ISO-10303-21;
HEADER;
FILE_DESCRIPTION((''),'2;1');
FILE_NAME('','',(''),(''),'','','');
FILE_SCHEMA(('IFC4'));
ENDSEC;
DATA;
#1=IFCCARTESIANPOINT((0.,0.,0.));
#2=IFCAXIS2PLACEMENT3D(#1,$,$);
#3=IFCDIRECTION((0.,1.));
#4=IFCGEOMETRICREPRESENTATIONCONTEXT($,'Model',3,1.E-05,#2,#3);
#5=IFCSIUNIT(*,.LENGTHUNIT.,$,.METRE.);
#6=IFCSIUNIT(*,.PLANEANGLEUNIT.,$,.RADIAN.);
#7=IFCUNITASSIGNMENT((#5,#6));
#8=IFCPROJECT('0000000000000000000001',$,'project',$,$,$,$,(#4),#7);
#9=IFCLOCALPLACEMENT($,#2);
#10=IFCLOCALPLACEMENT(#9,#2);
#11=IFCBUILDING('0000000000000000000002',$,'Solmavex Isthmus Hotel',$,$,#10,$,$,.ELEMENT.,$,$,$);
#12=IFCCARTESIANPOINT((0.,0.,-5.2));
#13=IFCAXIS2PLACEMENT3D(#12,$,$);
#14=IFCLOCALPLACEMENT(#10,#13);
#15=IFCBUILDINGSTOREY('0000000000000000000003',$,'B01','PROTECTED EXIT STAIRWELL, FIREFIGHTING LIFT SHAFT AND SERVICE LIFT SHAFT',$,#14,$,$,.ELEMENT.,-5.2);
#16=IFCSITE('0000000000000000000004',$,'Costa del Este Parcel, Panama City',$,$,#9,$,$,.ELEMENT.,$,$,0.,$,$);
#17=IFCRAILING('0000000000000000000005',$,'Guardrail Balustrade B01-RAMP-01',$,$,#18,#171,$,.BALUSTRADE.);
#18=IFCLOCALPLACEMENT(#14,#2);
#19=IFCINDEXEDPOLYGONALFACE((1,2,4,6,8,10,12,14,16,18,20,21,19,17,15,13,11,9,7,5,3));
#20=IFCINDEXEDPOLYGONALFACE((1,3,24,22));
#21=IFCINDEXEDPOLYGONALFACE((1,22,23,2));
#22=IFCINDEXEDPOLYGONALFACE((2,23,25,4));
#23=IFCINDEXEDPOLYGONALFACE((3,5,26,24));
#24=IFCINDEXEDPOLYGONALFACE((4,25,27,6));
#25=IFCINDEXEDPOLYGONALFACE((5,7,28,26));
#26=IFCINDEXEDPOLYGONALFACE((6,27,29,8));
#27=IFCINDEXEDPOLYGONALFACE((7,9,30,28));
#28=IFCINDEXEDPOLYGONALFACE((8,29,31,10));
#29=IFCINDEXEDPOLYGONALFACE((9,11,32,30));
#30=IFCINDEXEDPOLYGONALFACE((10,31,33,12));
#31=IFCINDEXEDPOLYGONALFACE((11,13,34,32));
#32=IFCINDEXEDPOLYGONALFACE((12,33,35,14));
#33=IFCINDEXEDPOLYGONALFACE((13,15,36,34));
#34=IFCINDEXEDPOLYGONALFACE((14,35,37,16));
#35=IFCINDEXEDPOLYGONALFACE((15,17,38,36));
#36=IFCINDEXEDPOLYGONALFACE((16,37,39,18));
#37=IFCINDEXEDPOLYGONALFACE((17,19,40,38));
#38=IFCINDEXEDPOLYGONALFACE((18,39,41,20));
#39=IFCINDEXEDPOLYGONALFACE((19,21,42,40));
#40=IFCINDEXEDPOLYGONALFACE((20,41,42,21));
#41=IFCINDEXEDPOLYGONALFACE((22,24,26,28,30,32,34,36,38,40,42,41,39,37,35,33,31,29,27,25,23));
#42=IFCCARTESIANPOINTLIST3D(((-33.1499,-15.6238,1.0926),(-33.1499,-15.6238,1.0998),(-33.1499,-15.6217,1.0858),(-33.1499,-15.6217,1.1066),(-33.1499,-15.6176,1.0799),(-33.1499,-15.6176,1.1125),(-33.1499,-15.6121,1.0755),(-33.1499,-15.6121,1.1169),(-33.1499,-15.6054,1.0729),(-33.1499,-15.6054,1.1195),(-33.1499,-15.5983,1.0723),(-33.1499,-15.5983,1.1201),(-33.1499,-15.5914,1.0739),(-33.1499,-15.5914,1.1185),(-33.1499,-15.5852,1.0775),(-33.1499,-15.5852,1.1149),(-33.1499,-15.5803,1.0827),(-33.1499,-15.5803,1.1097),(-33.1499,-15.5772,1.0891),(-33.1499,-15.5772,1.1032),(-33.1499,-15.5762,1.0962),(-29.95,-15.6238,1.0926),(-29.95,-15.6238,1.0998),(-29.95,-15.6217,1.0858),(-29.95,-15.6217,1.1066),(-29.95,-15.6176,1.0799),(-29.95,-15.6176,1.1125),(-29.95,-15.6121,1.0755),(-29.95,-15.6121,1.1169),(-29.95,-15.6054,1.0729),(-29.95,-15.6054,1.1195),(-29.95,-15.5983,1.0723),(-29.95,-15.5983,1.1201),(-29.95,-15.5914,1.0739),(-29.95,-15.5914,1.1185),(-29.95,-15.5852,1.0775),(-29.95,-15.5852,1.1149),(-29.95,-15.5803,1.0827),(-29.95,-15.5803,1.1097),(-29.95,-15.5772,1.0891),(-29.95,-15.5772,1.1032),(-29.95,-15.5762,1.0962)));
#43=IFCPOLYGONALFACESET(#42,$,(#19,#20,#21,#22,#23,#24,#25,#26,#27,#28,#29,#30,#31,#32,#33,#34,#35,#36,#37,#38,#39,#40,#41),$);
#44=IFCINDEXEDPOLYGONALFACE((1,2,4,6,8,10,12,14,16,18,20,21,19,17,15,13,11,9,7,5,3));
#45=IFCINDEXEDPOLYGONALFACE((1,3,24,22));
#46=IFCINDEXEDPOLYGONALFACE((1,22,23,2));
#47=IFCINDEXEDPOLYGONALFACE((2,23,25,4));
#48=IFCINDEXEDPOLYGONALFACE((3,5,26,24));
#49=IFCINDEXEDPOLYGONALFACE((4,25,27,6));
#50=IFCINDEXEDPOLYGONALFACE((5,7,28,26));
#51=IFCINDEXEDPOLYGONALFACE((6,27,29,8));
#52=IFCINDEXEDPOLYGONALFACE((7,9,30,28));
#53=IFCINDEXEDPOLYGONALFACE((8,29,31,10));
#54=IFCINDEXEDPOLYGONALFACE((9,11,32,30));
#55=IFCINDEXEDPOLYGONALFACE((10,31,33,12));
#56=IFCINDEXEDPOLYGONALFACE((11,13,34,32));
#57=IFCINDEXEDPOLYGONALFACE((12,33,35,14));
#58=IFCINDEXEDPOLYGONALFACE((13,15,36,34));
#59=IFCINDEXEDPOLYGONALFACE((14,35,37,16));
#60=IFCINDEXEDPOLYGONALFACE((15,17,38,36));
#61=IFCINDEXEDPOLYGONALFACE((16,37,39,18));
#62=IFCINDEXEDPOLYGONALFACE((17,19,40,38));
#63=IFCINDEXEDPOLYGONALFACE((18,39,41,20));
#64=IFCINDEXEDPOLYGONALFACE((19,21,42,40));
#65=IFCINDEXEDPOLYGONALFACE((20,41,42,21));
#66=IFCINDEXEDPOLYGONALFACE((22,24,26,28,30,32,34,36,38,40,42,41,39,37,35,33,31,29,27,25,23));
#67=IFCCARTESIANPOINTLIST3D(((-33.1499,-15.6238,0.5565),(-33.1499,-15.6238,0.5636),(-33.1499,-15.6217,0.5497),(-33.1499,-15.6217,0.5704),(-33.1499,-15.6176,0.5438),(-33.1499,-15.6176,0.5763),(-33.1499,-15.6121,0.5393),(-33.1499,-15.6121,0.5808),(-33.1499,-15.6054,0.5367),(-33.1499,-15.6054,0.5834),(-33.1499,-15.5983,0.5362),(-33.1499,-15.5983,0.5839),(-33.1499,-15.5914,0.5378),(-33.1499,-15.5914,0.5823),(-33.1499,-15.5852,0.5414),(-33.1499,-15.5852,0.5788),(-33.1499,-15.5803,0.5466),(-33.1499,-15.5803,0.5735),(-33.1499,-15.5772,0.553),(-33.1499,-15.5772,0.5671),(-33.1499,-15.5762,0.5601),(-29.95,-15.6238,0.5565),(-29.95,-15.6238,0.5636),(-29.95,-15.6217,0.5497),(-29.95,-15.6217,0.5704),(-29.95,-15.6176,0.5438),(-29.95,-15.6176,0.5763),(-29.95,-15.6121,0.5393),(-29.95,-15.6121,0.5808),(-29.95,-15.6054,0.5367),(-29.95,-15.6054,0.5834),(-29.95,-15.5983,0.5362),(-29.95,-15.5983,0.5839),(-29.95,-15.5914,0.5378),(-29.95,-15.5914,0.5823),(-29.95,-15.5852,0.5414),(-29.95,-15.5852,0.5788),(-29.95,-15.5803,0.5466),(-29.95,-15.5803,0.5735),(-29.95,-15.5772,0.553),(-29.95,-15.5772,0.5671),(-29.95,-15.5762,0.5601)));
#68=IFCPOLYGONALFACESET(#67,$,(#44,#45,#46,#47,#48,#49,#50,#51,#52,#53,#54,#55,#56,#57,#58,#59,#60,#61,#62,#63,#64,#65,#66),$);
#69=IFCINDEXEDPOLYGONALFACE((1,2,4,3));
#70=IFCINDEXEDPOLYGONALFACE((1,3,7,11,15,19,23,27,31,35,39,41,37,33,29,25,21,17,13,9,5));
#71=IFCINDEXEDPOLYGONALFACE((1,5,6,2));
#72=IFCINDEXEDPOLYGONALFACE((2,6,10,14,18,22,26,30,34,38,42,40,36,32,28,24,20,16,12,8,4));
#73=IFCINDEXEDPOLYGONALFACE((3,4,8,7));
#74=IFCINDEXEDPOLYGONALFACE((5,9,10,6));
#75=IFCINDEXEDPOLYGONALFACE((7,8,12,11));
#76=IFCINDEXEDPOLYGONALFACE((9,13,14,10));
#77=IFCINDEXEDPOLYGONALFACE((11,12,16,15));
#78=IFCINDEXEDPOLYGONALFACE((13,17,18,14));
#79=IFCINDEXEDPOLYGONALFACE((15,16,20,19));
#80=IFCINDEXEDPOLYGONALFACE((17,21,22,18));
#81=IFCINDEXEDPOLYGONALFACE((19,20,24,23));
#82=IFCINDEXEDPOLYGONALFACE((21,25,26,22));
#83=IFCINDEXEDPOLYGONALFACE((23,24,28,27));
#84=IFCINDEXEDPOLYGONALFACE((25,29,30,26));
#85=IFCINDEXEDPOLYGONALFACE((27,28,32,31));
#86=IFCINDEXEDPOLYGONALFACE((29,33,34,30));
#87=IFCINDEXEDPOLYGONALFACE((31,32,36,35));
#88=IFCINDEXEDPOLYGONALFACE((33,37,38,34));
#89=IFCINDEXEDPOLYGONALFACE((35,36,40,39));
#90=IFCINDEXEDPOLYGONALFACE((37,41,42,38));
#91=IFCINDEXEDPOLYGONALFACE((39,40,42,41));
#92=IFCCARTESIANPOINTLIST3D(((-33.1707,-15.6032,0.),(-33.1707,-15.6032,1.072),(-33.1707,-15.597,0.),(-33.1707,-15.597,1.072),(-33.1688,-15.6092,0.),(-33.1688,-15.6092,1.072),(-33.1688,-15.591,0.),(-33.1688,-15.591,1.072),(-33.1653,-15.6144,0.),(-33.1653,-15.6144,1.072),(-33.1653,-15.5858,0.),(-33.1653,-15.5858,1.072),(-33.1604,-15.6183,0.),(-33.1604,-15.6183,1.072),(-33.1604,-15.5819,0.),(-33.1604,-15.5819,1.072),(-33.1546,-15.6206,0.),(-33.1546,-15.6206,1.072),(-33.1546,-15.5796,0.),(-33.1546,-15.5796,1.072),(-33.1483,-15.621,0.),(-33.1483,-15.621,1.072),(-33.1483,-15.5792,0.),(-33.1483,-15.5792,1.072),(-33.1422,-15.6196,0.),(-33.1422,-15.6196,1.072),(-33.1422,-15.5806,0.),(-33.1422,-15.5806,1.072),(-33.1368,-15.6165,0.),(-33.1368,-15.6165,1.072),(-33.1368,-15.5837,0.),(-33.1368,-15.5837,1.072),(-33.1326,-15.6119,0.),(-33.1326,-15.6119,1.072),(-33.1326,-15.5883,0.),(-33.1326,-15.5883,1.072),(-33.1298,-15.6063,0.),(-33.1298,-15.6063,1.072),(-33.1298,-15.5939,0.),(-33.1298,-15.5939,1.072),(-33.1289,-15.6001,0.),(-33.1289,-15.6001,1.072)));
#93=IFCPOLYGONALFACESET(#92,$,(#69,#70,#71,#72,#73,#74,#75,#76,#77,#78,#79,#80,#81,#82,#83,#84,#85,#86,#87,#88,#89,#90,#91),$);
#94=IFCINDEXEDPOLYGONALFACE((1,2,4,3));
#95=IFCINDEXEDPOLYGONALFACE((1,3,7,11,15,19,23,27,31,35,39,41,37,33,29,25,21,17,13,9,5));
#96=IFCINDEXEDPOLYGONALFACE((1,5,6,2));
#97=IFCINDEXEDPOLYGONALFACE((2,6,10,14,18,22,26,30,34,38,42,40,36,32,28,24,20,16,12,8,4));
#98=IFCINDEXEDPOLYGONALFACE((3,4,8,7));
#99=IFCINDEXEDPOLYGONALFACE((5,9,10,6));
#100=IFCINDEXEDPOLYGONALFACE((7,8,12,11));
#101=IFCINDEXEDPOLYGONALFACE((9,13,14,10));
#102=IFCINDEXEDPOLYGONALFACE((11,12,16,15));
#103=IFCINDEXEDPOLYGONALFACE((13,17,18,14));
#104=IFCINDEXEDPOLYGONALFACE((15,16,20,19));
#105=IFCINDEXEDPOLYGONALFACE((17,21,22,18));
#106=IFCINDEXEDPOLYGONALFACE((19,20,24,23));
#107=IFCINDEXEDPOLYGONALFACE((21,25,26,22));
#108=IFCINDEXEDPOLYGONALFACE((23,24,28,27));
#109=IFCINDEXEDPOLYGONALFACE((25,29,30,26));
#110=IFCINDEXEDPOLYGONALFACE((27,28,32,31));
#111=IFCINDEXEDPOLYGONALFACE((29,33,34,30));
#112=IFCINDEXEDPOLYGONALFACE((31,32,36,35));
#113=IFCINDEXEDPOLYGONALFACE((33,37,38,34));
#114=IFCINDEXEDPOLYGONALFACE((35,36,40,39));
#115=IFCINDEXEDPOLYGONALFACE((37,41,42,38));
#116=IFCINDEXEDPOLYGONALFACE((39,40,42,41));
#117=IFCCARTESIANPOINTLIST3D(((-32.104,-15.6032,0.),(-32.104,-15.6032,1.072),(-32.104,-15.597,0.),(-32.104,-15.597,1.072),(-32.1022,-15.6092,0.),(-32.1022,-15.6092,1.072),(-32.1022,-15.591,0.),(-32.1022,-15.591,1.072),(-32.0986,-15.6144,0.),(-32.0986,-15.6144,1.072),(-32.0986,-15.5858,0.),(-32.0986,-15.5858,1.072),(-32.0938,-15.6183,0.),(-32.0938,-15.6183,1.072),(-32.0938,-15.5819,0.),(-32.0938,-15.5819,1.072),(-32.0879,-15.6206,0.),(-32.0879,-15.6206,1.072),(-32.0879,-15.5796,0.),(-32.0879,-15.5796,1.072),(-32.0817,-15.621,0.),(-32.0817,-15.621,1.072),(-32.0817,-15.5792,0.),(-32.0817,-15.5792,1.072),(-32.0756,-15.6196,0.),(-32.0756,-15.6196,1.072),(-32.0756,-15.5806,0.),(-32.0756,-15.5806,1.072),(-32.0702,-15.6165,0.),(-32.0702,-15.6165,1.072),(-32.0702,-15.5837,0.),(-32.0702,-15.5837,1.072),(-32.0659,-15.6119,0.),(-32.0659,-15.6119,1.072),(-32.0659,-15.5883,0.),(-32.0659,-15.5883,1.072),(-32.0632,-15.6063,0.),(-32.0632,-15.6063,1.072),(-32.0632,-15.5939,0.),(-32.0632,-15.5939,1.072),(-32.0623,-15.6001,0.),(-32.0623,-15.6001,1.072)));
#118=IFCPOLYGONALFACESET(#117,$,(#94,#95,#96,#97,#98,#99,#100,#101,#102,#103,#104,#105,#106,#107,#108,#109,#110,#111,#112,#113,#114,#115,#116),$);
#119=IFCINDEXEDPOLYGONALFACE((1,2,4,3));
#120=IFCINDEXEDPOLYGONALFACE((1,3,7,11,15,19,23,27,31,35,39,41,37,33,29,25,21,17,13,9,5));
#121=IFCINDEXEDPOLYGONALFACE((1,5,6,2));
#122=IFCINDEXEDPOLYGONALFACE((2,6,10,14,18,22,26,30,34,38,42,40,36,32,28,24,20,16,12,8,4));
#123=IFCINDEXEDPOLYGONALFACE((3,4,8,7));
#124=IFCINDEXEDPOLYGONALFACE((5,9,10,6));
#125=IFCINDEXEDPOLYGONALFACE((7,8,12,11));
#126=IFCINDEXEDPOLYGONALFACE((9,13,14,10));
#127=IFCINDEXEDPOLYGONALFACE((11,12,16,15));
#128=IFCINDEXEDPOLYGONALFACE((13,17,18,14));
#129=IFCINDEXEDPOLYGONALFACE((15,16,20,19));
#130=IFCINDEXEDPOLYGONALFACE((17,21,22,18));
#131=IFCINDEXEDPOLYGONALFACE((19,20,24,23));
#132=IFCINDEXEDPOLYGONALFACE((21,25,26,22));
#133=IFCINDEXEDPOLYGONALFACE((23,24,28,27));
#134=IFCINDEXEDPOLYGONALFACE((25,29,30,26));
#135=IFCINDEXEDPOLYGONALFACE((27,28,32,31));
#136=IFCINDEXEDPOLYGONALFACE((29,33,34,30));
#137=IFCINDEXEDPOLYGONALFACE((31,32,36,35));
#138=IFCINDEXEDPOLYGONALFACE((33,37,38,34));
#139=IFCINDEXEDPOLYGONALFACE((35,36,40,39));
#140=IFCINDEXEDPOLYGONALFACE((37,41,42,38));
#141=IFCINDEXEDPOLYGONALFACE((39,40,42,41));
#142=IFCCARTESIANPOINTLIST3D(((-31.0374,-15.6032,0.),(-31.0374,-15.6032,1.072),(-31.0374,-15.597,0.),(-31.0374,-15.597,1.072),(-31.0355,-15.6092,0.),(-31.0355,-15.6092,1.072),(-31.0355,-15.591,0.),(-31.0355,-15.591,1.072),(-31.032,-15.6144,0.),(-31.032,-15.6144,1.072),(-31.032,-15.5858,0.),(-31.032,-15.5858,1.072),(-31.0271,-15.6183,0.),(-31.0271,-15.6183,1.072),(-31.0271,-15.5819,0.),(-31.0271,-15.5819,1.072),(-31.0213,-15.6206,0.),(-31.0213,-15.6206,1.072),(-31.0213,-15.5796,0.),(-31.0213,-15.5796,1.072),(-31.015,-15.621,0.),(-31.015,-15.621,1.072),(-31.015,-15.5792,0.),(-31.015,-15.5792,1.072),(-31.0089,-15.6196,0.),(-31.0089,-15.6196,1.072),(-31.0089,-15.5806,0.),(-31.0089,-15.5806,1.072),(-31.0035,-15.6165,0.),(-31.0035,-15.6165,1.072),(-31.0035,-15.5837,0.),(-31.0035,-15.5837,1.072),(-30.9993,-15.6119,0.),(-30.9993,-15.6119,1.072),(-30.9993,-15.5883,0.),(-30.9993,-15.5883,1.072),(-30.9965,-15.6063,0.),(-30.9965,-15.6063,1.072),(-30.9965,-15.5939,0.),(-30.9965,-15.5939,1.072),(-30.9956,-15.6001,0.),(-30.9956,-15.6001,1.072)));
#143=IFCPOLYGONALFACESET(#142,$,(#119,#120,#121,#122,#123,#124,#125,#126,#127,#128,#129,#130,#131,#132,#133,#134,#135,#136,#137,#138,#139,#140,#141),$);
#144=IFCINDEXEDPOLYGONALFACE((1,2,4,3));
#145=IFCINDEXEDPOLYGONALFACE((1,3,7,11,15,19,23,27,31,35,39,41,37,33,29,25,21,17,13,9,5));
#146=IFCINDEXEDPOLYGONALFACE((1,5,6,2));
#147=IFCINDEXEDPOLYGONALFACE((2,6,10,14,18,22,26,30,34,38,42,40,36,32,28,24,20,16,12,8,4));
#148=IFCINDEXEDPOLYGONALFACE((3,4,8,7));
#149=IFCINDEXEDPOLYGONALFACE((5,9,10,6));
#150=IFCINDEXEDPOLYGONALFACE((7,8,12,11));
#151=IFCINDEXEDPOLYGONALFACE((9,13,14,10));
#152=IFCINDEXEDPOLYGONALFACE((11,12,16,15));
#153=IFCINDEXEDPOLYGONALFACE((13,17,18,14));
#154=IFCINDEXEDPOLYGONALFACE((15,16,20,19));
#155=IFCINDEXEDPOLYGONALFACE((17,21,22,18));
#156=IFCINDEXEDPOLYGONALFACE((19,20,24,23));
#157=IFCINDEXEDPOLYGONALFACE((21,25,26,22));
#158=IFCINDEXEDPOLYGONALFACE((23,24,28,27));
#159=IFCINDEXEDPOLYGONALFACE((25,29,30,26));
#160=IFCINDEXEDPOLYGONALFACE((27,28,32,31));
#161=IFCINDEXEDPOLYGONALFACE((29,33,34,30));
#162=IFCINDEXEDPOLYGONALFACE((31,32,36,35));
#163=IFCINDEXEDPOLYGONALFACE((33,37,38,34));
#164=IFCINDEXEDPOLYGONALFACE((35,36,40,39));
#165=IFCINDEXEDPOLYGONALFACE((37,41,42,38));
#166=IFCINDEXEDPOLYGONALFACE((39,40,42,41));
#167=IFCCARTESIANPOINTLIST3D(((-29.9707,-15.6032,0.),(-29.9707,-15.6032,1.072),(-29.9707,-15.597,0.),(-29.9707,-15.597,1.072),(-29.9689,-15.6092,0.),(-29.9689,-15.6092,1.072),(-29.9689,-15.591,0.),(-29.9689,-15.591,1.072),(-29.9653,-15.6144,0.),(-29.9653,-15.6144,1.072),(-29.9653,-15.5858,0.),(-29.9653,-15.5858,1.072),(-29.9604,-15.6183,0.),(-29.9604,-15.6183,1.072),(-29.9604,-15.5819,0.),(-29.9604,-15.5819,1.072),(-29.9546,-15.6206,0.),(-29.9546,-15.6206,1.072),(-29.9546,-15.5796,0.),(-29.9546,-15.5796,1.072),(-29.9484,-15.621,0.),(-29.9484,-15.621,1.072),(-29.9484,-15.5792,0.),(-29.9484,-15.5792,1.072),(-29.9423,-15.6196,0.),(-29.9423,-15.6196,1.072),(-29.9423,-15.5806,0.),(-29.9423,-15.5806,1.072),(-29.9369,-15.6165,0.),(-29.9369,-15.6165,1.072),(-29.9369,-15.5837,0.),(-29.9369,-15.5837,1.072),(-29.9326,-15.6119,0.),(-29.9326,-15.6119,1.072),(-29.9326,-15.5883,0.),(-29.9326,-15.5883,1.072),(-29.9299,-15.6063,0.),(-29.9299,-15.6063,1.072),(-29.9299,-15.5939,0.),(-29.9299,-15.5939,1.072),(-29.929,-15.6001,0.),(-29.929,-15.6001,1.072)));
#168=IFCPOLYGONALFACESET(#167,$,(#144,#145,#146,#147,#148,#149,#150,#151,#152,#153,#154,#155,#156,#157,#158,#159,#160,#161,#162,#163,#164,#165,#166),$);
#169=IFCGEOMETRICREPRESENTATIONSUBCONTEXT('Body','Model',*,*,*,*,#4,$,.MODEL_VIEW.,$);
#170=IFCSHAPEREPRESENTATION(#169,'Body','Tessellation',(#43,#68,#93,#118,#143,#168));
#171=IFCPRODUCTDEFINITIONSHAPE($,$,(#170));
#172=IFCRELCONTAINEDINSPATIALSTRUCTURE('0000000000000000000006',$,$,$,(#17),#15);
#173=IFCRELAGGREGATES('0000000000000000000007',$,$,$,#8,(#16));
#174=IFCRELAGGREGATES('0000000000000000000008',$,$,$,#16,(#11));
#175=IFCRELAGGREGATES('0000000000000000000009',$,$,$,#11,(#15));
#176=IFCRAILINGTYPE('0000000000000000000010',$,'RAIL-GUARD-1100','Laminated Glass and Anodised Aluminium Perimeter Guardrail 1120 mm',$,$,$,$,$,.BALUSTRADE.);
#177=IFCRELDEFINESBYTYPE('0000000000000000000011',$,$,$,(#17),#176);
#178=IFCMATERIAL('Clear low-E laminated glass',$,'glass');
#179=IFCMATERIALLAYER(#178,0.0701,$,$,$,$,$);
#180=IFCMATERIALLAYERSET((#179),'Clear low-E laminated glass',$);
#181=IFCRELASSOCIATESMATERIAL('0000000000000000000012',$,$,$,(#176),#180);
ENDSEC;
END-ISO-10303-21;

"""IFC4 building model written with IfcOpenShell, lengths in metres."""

from ifc_helpers import new_model, si_unit, direction, frame, origin, origin_2d, place, context, subcontext, project, spatial, circle, extrude, material, layer, layer_set, type_object, element, save


model = new_model("IFC4")

# Units and contexts
model_context = context("Model", 3, precision=1e-05, world=origin(), true_north=direction((0.0, 1.0)))
body_context = subcontext(model_context, "Body", "Model", "MODEL_VIEW")
ifc_project = project(units=[si_unit("LENGTHUNIT", "METRE"), si_unit("PLANEANGLEUNIT", "RADIAN")], contexts=[model_context])

# Site, building, storey
site_placement = place(None, origin())
site = spatial("IfcSite", under=ifc_project, at=site_placement, Name="Costa del Este Parcel, Panama City", CompositionType="ELEMENT", RefElevation=0.0)
building_placement = place(site_placement, origin())
building = spatial("IfcBuilding", under=site, at=building_placement, Name="Solmavex Isthmus Hotel", CompositionType="ELEMENT")
storey_placement = place(building_placement, frame((0.0, 0.0, -5.2)))
storey = spatial("IfcBuildingStorey", under=building, at=storey_placement, Name="B01", Description="PROTECTED EXIT STAIRWELL, FIREFIGHTING LIFT SHAFT AND SERVICE LIFT SHAFT", CompositionType="ELEMENT", Elevation=-5.2)

# Railing
ifc_material_1 = material(Name="Clear low-E laminated glass", Category="glass")
ifc_layer_1 = layer(ifc_material_1, 0.0701)
ifc_layer_set_1 = layer_set([ifc_layer_1], Name="Clear low-E laminated glass")
railing_type = type_object("IfcRailingType", Name="RAIL-GUARD-1100", Description="Laminated Glass and Anodised Aluminium Perimeter Guardrail 1120 mm", PredefinedType="BALUSTRADE", material=ifc_layer_set_1)
railing_placement = place(storey_placement, frame((-33.1499, -15.6001, 0.0)))
element("IfcRailing", 1, at=railing_placement, inside=storey, type_object=railing_type, Name="Guardrail Balustrade B01-RAMP-01", PredefinedType="BALUSTRADE", context=body_context, shape_type="SweptSolid", body=[
    extrude(circle(Radius=0.0239, at=origin_2d()), frame((0.0, 0.0, 1.0962), z_axis=(1.0, 0.0, 0.0), x_axis=(0.0, 1.0, 0.0)), (0.0, 0.0, 1.0), 3.2),
    extrude(circle(Radius=0.0239, at=origin_2d()), frame((0.0, 0.0, 0.5601), z_axis=(1.0, 0.0, 0.0), x_axis=(0.0, 1.0, 0.0)), (0.0, 0.0, 1.0), 3.2),
    extrude(circle(Radius=0.021, at=origin_2d()), origin(), (0.0, 0.0, 1.0), 1.072),
    extrude(circle(Radius=0.021, at=origin_2d()), frame((1.0667, 0.0, 0.0)), (0.0, 0.0, 1.0), 1.072),
    extrude(circle(Radius=0.021, at=origin_2d()), frame((2.1333, 0.0, 0.0)), (0.0, 0.0, 1.0), 1.072),
    extrude(circle(Radius=0.021, at=origin_2d()), frame((3.2, 0.0, 0.0)), (0.0, 0.0, 1.0), 1.072),
])

save(model, "model.ifc")
